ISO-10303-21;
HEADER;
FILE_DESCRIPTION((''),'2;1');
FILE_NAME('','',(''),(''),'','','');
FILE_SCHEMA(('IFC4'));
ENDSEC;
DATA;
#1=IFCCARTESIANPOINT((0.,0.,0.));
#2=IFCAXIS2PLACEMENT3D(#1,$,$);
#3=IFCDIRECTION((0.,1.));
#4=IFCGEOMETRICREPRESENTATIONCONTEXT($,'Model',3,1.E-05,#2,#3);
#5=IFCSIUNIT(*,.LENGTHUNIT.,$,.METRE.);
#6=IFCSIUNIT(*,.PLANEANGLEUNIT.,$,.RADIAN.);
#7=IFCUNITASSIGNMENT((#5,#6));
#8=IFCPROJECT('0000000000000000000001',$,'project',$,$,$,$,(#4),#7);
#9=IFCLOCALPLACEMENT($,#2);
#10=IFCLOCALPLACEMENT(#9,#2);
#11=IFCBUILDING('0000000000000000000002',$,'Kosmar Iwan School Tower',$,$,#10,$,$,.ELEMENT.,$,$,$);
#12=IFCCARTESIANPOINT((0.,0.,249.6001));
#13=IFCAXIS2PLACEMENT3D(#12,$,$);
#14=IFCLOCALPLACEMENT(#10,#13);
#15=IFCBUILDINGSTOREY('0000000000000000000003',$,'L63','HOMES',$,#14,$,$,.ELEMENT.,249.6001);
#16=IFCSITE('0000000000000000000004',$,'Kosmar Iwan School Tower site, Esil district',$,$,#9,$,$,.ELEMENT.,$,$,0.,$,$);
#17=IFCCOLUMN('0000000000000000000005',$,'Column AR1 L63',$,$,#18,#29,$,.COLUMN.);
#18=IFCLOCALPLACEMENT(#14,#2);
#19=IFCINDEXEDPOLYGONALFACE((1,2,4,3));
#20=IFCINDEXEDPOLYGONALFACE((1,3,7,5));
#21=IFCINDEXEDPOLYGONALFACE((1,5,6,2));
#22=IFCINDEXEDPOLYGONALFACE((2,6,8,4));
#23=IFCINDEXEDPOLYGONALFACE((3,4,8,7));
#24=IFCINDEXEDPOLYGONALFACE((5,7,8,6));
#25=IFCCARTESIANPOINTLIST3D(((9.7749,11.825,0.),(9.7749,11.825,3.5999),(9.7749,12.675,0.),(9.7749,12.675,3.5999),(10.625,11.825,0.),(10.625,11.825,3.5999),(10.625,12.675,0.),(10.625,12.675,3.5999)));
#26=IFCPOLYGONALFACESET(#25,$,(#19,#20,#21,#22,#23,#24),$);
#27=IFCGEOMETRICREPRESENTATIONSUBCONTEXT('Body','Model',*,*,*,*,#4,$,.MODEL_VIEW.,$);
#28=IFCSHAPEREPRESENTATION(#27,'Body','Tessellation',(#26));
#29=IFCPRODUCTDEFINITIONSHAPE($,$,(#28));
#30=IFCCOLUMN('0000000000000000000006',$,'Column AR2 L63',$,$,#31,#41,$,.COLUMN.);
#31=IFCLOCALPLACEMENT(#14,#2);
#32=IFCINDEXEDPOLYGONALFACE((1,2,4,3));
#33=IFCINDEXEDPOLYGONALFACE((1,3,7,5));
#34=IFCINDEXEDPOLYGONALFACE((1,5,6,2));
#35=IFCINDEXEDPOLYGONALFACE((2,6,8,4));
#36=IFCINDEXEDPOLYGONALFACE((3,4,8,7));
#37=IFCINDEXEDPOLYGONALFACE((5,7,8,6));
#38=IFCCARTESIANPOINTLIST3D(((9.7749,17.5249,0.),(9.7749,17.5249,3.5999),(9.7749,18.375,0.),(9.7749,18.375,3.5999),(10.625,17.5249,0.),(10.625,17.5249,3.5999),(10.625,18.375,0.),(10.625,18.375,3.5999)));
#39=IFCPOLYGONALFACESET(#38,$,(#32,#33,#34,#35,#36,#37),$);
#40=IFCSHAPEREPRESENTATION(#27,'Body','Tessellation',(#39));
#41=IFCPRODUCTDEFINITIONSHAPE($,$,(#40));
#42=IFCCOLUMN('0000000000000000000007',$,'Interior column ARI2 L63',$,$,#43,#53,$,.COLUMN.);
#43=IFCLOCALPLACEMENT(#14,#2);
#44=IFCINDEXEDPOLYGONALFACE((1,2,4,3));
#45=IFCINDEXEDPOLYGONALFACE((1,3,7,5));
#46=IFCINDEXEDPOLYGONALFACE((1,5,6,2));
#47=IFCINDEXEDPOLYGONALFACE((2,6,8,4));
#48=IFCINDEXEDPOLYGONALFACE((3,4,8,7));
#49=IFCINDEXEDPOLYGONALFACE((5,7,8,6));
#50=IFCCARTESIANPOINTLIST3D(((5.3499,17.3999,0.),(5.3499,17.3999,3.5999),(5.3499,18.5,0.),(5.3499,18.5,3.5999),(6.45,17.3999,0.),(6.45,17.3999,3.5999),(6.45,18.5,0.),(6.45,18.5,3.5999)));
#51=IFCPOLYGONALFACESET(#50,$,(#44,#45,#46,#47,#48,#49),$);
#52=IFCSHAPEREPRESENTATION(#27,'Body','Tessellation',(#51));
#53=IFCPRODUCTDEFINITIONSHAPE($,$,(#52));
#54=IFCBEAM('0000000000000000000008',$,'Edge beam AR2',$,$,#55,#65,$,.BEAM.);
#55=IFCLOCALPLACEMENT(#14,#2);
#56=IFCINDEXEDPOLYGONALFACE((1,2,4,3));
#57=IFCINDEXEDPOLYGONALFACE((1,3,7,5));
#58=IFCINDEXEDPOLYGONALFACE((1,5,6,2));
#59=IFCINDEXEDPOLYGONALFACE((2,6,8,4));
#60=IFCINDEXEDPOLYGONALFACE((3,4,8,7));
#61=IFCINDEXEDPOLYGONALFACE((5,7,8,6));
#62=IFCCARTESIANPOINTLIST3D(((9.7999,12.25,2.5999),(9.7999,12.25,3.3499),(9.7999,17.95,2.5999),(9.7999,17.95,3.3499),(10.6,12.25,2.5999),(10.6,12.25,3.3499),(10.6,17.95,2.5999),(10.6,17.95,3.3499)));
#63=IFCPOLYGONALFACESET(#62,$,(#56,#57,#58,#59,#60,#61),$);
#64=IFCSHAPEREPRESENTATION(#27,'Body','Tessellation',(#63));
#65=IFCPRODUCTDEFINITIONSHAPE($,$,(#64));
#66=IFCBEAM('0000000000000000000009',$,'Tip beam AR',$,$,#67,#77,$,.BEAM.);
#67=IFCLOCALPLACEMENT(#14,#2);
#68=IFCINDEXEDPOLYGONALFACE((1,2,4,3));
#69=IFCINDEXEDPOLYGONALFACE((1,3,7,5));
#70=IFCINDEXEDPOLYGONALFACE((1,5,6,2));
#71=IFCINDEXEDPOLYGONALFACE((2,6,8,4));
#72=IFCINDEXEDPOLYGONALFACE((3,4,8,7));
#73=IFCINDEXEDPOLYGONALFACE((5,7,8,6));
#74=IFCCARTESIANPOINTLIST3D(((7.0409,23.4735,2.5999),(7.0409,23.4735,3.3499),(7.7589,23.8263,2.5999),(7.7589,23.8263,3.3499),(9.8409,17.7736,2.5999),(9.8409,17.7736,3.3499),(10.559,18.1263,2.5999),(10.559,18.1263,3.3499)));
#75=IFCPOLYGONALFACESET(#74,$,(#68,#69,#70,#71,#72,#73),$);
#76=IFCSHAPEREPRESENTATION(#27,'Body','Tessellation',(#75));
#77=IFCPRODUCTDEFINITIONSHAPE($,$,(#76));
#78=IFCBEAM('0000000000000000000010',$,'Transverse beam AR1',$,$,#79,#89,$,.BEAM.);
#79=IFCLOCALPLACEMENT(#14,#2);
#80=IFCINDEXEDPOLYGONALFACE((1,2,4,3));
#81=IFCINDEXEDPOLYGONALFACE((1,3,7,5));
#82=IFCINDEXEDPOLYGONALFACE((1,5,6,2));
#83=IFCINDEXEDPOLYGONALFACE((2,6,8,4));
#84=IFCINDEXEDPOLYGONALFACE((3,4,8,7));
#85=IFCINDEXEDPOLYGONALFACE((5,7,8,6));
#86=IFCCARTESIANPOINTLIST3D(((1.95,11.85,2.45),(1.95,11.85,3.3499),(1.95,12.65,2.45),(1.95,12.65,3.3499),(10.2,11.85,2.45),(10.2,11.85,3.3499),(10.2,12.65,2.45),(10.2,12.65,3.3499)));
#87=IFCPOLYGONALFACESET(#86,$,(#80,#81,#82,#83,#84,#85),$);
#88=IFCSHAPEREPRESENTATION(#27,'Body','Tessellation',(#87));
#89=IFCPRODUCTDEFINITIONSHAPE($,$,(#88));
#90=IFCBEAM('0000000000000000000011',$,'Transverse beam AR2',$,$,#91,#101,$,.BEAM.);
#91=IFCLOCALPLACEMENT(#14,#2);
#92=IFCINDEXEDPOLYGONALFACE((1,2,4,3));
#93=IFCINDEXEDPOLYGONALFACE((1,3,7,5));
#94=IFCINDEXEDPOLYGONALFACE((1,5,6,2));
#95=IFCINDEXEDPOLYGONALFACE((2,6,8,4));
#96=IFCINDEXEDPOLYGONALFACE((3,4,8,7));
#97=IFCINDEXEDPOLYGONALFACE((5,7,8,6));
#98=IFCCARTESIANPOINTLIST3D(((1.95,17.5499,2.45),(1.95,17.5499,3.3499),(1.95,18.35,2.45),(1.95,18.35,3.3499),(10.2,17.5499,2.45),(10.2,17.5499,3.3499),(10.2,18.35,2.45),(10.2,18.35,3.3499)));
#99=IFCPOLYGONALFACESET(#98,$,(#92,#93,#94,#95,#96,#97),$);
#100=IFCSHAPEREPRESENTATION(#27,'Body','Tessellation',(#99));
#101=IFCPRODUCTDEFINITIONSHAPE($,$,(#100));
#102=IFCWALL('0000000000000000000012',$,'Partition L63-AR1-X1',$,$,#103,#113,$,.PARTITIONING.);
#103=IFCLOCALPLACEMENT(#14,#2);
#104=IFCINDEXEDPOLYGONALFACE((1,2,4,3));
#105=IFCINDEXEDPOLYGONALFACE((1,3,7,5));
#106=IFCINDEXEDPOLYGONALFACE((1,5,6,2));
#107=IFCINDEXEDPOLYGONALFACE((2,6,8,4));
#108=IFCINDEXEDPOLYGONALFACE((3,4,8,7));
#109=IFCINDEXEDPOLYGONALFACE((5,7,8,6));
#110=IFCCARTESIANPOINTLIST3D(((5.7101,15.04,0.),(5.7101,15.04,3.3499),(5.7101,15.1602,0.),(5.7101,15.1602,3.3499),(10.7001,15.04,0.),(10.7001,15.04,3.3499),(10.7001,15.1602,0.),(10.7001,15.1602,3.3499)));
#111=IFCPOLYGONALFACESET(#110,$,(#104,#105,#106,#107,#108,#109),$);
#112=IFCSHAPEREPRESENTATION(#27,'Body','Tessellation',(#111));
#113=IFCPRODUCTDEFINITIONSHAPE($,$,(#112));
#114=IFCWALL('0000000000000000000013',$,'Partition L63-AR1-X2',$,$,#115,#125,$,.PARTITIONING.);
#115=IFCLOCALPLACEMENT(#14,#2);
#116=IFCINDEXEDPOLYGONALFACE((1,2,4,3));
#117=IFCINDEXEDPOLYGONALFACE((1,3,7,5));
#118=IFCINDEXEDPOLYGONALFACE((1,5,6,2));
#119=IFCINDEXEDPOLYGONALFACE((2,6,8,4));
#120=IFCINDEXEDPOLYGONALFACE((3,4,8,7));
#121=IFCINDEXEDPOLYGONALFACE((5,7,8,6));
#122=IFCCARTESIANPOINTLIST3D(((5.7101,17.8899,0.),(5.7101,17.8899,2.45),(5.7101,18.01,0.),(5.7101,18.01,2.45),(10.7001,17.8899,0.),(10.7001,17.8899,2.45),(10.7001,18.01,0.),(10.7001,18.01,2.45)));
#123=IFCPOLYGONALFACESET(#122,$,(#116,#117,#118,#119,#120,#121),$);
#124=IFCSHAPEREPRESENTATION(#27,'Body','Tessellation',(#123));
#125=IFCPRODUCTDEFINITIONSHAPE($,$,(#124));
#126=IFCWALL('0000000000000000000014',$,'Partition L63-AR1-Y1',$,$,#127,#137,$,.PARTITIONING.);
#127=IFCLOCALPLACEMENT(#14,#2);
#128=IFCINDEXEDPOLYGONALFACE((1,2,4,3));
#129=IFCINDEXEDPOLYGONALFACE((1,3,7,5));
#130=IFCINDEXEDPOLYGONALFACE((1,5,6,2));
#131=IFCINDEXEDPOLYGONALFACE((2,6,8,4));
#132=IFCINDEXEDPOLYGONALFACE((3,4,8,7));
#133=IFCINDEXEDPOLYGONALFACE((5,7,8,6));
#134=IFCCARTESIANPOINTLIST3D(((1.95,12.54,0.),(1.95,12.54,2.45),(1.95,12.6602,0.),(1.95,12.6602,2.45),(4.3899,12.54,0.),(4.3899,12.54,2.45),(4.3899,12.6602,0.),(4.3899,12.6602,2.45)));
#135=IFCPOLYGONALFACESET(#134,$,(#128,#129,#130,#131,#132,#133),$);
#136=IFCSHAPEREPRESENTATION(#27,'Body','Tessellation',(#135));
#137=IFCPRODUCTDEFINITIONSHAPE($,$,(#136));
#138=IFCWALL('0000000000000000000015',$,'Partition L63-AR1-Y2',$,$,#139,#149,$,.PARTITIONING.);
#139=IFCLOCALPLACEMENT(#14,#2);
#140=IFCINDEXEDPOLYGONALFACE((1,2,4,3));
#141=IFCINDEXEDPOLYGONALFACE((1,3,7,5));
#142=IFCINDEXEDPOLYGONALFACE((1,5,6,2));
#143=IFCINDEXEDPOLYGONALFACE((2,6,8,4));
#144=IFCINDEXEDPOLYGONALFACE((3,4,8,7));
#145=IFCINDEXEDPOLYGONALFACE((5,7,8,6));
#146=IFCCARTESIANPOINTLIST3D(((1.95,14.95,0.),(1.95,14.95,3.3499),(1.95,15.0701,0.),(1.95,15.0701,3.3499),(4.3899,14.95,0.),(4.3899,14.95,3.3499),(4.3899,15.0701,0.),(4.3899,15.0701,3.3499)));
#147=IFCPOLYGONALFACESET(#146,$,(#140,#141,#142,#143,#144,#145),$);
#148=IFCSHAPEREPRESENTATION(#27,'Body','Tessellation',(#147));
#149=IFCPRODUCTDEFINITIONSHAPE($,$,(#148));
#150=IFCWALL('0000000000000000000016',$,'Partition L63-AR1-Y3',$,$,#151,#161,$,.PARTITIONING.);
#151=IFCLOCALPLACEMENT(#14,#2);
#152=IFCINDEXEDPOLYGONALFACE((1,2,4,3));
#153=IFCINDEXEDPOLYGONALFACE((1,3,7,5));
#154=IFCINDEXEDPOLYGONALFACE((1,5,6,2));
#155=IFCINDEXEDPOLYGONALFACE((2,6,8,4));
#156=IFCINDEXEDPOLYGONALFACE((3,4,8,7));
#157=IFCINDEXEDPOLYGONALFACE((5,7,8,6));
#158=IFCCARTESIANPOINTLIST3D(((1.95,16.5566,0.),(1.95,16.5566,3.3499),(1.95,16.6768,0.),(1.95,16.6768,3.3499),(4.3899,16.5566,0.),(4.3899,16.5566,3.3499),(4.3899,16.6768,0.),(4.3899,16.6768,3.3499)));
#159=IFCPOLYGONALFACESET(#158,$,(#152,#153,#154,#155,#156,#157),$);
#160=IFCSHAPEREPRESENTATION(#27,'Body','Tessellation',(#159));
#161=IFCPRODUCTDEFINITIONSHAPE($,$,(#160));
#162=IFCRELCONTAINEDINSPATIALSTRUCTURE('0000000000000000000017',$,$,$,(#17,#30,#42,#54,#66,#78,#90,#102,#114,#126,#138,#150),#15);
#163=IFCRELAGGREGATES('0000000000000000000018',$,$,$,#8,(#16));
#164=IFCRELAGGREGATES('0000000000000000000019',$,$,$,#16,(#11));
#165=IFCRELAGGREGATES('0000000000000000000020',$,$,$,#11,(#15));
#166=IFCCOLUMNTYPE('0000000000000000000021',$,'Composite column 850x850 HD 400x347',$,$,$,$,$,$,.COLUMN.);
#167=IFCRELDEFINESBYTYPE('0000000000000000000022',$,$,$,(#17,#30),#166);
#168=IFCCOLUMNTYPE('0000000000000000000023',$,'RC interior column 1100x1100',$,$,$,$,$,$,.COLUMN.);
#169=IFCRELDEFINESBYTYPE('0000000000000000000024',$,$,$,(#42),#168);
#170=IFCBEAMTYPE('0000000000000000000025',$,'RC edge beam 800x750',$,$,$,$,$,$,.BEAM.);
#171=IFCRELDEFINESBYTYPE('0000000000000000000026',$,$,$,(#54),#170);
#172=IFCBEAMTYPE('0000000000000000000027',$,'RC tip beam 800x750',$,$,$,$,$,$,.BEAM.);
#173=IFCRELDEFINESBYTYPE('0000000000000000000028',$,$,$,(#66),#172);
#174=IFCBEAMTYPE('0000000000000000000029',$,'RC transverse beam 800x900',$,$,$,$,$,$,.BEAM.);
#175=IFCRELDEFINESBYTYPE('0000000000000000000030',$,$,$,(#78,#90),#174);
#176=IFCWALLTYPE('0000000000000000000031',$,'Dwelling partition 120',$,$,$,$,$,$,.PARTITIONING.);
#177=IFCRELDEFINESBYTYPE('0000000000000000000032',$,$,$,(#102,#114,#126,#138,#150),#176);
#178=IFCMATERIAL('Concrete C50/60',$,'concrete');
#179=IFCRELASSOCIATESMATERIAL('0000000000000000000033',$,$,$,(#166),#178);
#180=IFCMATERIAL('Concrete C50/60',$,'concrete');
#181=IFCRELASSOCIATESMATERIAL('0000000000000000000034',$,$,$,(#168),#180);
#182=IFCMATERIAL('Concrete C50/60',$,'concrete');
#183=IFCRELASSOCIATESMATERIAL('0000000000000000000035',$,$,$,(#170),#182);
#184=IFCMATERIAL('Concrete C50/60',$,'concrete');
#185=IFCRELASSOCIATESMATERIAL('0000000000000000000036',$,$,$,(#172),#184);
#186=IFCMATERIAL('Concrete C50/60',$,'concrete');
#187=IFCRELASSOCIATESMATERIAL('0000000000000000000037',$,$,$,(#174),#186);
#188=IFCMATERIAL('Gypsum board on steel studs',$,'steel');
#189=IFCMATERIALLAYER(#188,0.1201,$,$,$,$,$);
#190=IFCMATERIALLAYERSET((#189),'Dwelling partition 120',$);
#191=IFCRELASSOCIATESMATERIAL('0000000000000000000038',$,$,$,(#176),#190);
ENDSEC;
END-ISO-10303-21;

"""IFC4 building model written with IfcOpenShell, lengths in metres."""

from ifc_helpers import new_model, si_unit, direction, frame, frame_2d, origin, origin_2d, place, context, subcontext, project, spatial, rectangle, extrude, material, layer, layer_set, material_profile, profile_set, type_object, element, save


model = new_model("IFC4")

# Units and contexts
model_context = context("Model", 3, precision=1e-05, world=origin(), true_north=direction((0.0, 1.0)))
body_context = subcontext(model_context, "Body", "Model", "MODEL_VIEW")
ifc_project = project(units=[si_unit("LENGTHUNIT", "METRE"), si_unit("PLANEANGLEUNIT", "RADIAN")], contexts=[model_context])

# Site, building, storey
site_placement = place(None, origin())
site = spatial("IfcSite", under=ifc_project, at=site_placement, Name="Kosmar Iwan School Tower site, Esil district", CompositionType="ELEMENT", RefElevation=0.0)
building_placement = place(site_placement, origin())
building = spatial("IfcBuilding", under=site, at=building_placement, Name="Kosmar Iwan School Tower", CompositionType="ELEMENT")
storey_placement = place(building_placement, frame((0.0, 0.0, 249.6001)))
storey = spatial("IfcBuildingStorey", under=building, at=storey_placement, Name="L63", Description="HOMES", CompositionType="ELEMENT", Elevation=249.6001)

# Columns
ifc_material_1 = material(Name="Concrete C50/60", Category="concrete")
ifc_material_profile_1 = material_profile(ifc_material_1, rectangle(XDim=0.8501, YDim=0.8501, at=origin_2d()), Name="RC 850x850 + HD 400x347")
ifc_profile_set_1 = profile_set([ifc_material_profile_1], Name="Concrete C50/60")
column_type_1 = type_object("IfcColumnType", Name="Composite column 850x850 HD 400x347", PredefinedType="COLUMN", material=ifc_profile_set_1)
for number, where, z_axis, x_axis, name in (
    (1, (10.2, 12.25, 0.0), (0.0, 0.0, 1.0), (0.0, 1.0, 0.0), "Column AR1 L63"),
    (2, (10.2, 17.95, 0.0), (0.0, 0.0, 1.0), (0.0, 1.0, 0.0), "Column AR2 L63"),
):
    element("IfcColumn", number, at=place(storey_placement, frame(where, z_axis=z_axis, x_axis=x_axis)), inside=storey, type_object=column_type_1, Name=name, PredefinedType="COLUMN", context=body_context, shape_type="SweptSolid", body=[
        extrude(rectangle(XDim=0.8501, YDim=0.8501, at=origin_2d()), origin(), (0.0, 0.0, 1.0), 3.5999),
    ])
ifc_material_2 = material(Name="Concrete C50/60", Category="concrete")
ifc_material_profile_2 = material_profile(ifc_material_2, rectangle(XDim=1.1001, YDim=1.1001, at=origin_2d()), Name="RC 1100x1100")
ifc_profile_set_2 = profile_set([ifc_material_profile_2], Name="Concrete C50/60")
column_type_2 = type_object("IfcColumnType", Name="RC interior column 1100x1100", PredefinedType="COLUMN", material=ifc_profile_set_2)
column_placement = place(storey_placement, frame((5.8999, 17.95, 0.0), z_axis=(0.0, 0.0, 1.0), x_axis=(0.0, 1.0, 0.0)))
element("IfcColumn", 3, at=column_placement, inside=storey, type_object=column_type_2, Name="Interior column ARI2 L63", PredefinedType="COLUMN", context=body_context, shape_type="SweptSolid", body=[
    extrude(rectangle(XDim=1.1001, YDim=1.1001, at=origin_2d()), origin(), (0.0, 0.0, 1.0), 3.5999),
])

# Beams
ifc_material_3 = material(Name="Concrete C50/60", Category="concrete")
ifc_material_profile_3 = material_profile(ifc_material_3, rectangle(XDim=0.8, YDim=0.75, at=origin_2d()), Name="RC 800x750")
ifc_profile_set_3 = profile_set([ifc_material_profile_3], Name="Concrete C50/60")
beam_type_1 = type_object("IfcBeamType", Name="RC edge beam 800x750", PredefinedType="BEAM", material=ifc_profile_set_3)
beam_1_placement = place(storey_placement, frame((10.2, 12.25, 2.9749), z_axis=(0.0, 1.0, 0.0), x_axis=(-1.0, 0.0, 0.0)))
element("IfcBeam", 4, at=beam_1_placement, inside=storey, type_object=beam_type_1, Name="Edge beam AR2", PredefinedType="BEAM", context=body_context, shape_type="SweptSolid", body=[
    extrude(rectangle(XDim=0.8, YDim=0.75, at=origin_2d()), origin(), (0.0, 0.0, 1.0), 5.7),
])
ifc_material_4 = material(Name="Concrete C50/60", Category="concrete")
ifc_material_profile_4 = material_profile(ifc_material_4, rectangle(XDim=0.8, YDim=0.75, at=origin_2d()), Name="RC 800x750")
ifc_profile_set_4 = profile_set([ifc_material_profile_4], Name="Concrete C50/60")
beam_type_2 = type_object("IfcBeamType", Name="RC tip beam 800x750", PredefinedType="BEAM", material=ifc_profile_set_4)
beam_2_placement = place(storey_placement, frame((10.2, 17.95, 2.9749), z_axis=(-0.440913, 0.89755, 0.0), x_axis=(-0.89755, -0.440913, 0.0)))
element("IfcBeam", 5, at=beam_2_placement, inside=storey, type_object=beam_type_2, Name="Tip beam AR", PredefinedType="BEAM", context=body_context, shape_type="SweptSolid", body=[
    extrude(rectangle(XDim=0.8, YDim=0.75, at=origin_2d()), origin(), (0.0, 0.0, 1.0), 6.3506),
])
ifc_material_5 = material(Name="Concrete C50/60", Category="concrete")
ifc_material_profile_5 = material_profile(ifc_material_5, rectangle(XDim=0.8, YDim=0.8999, at=origin_2d()), Name="RC 800x900")
ifc_profile_set_5 = profile_set([ifc_material_profile_5], Name="Concrete C50/60")
beam_type_3 = type_object("IfcBeamType", Name="RC transverse beam 800x900", PredefinedType="BEAM", material=ifc_profile_set_5)
for number, where, z_axis, x_axis, name in (
    (6, (10.2, 12.25, 2.8999), (-1.0, 0.0, 0.0), (0.0, -1.0, 0.0), "Transverse beam AR1"),
    (7, (10.2, 17.95, 2.8999), (-1.0, 0.0, 0.0), (0.0, -1.0, 0.0), "Transverse beam AR2"),
):
    element("IfcBeam", number, at=place(storey_placement, frame(where, z_axis=z_axis, x_axis=x_axis)), inside=storey, type_object=beam_type_3, Name=name, PredefinedType="BEAM", context=body_context, shape_type="SweptSolid", body=[
        extrude(rectangle(XDim=0.8, YDim=0.8999, at=origin_2d()), origin(), (0.0, 0.0, 1.0), 8.25),
    ])

# Walls
ifc_material_6 = material(Name="Gypsum board on steel studs", Category="steel")
ifc_layer = layer(ifc_material_6, 0.1201)
ifc_layer_set = layer_set([ifc_layer], Name="Dwelling partition 120")
wall_type = type_object("IfcWallType", Name="Dwelling partition 120", PredefinedType="PARTITIONING", material=ifc_layer_set)
wall_1_placement = place(storey_placement, frame((5.71, 15.1001, 0.0), z_axis=(0.0, 0.0, 1.0), x_axis=(1.0, 0.0, 0.0)))
element("IfcWall", 8, at=wall_1_placement, inside=storey, type_object=wall_type, Name="Partition L63-AR1-X1", PredefinedType="PARTITIONING", context=body_context, shape_type="SweptSolid", body=[
    extrude(rectangle(XDim=4.99, YDim=0.1201, at=frame_2d((2.4951, 0.0))), origin(), (0.0, 0.0, 1.0), 3.3499),
])
wall_2_placement = place(storey_placement, frame((5.71, 17.95, 0.0), z_axis=(0.0, 0.0, 1.0), x_axis=(1.0, 0.0, 0.0)))
element("IfcWall", 9, at=wall_2_placement, inside=storey, type_object=wall_type, Name="Partition L63-AR1-X2", PredefinedType="PARTITIONING", context=body_context, shape_type="SweptSolid", body=[
    extrude(rectangle(XDim=4.99, YDim=0.1201, at=frame_2d((2.4951, 0.0))), origin(), (0.0, 0.0, 1.0), 2.45),
])
wall_3_placement = place(storey_placement, frame((1.95, 12.6001, 0.0), z_axis=(0.0, 0.0, 1.0), x_axis=(1.0, 0.0, 0.0)))
element("IfcWall", 10, at=wall_3_placement, inside=storey, type_object=wall_type, Name="Partition L63-AR1-Y1", PredefinedType="PARTITIONING", context=body_context, shape_type="SweptSolid", body=[
    extrude(rectangle(XDim=2.4399, YDim=0.1201, at=frame_2d((1.22, 0.0))), origin(), (0.0, 0.0, 1.0), 2.45),
])
for number, where, z_axis, x_axis, name in (
    (11, (1.95, 15.01, 0.0), (0.0, 0.0, 1.0), (1.0, 0.0, 0.0), "Partition L63-AR1-Y2"),
    (12, (1.95, 16.6167, 0.0), (0.0, 0.0, 1.0), (1.0, 0.0, 0.0), "Partition L63-AR1-Y3"),
):
    element("IfcWall", number, at=place(storey_placement, frame(where, z_axis=z_axis, x_axis=x_axis)), inside=storey, type_object=wall_type, Name=name, PredefinedType="PARTITIONING", context=body_context, shape_type="SweptSolid", body=[
        extrude(rectangle(XDim=2.4399, YDim=0.1201, at=frame_2d((1.22, 0.0))), origin(), (0.0, 0.0, 1.0), 3.3499),
    ])

save(model, "model.ifc")
